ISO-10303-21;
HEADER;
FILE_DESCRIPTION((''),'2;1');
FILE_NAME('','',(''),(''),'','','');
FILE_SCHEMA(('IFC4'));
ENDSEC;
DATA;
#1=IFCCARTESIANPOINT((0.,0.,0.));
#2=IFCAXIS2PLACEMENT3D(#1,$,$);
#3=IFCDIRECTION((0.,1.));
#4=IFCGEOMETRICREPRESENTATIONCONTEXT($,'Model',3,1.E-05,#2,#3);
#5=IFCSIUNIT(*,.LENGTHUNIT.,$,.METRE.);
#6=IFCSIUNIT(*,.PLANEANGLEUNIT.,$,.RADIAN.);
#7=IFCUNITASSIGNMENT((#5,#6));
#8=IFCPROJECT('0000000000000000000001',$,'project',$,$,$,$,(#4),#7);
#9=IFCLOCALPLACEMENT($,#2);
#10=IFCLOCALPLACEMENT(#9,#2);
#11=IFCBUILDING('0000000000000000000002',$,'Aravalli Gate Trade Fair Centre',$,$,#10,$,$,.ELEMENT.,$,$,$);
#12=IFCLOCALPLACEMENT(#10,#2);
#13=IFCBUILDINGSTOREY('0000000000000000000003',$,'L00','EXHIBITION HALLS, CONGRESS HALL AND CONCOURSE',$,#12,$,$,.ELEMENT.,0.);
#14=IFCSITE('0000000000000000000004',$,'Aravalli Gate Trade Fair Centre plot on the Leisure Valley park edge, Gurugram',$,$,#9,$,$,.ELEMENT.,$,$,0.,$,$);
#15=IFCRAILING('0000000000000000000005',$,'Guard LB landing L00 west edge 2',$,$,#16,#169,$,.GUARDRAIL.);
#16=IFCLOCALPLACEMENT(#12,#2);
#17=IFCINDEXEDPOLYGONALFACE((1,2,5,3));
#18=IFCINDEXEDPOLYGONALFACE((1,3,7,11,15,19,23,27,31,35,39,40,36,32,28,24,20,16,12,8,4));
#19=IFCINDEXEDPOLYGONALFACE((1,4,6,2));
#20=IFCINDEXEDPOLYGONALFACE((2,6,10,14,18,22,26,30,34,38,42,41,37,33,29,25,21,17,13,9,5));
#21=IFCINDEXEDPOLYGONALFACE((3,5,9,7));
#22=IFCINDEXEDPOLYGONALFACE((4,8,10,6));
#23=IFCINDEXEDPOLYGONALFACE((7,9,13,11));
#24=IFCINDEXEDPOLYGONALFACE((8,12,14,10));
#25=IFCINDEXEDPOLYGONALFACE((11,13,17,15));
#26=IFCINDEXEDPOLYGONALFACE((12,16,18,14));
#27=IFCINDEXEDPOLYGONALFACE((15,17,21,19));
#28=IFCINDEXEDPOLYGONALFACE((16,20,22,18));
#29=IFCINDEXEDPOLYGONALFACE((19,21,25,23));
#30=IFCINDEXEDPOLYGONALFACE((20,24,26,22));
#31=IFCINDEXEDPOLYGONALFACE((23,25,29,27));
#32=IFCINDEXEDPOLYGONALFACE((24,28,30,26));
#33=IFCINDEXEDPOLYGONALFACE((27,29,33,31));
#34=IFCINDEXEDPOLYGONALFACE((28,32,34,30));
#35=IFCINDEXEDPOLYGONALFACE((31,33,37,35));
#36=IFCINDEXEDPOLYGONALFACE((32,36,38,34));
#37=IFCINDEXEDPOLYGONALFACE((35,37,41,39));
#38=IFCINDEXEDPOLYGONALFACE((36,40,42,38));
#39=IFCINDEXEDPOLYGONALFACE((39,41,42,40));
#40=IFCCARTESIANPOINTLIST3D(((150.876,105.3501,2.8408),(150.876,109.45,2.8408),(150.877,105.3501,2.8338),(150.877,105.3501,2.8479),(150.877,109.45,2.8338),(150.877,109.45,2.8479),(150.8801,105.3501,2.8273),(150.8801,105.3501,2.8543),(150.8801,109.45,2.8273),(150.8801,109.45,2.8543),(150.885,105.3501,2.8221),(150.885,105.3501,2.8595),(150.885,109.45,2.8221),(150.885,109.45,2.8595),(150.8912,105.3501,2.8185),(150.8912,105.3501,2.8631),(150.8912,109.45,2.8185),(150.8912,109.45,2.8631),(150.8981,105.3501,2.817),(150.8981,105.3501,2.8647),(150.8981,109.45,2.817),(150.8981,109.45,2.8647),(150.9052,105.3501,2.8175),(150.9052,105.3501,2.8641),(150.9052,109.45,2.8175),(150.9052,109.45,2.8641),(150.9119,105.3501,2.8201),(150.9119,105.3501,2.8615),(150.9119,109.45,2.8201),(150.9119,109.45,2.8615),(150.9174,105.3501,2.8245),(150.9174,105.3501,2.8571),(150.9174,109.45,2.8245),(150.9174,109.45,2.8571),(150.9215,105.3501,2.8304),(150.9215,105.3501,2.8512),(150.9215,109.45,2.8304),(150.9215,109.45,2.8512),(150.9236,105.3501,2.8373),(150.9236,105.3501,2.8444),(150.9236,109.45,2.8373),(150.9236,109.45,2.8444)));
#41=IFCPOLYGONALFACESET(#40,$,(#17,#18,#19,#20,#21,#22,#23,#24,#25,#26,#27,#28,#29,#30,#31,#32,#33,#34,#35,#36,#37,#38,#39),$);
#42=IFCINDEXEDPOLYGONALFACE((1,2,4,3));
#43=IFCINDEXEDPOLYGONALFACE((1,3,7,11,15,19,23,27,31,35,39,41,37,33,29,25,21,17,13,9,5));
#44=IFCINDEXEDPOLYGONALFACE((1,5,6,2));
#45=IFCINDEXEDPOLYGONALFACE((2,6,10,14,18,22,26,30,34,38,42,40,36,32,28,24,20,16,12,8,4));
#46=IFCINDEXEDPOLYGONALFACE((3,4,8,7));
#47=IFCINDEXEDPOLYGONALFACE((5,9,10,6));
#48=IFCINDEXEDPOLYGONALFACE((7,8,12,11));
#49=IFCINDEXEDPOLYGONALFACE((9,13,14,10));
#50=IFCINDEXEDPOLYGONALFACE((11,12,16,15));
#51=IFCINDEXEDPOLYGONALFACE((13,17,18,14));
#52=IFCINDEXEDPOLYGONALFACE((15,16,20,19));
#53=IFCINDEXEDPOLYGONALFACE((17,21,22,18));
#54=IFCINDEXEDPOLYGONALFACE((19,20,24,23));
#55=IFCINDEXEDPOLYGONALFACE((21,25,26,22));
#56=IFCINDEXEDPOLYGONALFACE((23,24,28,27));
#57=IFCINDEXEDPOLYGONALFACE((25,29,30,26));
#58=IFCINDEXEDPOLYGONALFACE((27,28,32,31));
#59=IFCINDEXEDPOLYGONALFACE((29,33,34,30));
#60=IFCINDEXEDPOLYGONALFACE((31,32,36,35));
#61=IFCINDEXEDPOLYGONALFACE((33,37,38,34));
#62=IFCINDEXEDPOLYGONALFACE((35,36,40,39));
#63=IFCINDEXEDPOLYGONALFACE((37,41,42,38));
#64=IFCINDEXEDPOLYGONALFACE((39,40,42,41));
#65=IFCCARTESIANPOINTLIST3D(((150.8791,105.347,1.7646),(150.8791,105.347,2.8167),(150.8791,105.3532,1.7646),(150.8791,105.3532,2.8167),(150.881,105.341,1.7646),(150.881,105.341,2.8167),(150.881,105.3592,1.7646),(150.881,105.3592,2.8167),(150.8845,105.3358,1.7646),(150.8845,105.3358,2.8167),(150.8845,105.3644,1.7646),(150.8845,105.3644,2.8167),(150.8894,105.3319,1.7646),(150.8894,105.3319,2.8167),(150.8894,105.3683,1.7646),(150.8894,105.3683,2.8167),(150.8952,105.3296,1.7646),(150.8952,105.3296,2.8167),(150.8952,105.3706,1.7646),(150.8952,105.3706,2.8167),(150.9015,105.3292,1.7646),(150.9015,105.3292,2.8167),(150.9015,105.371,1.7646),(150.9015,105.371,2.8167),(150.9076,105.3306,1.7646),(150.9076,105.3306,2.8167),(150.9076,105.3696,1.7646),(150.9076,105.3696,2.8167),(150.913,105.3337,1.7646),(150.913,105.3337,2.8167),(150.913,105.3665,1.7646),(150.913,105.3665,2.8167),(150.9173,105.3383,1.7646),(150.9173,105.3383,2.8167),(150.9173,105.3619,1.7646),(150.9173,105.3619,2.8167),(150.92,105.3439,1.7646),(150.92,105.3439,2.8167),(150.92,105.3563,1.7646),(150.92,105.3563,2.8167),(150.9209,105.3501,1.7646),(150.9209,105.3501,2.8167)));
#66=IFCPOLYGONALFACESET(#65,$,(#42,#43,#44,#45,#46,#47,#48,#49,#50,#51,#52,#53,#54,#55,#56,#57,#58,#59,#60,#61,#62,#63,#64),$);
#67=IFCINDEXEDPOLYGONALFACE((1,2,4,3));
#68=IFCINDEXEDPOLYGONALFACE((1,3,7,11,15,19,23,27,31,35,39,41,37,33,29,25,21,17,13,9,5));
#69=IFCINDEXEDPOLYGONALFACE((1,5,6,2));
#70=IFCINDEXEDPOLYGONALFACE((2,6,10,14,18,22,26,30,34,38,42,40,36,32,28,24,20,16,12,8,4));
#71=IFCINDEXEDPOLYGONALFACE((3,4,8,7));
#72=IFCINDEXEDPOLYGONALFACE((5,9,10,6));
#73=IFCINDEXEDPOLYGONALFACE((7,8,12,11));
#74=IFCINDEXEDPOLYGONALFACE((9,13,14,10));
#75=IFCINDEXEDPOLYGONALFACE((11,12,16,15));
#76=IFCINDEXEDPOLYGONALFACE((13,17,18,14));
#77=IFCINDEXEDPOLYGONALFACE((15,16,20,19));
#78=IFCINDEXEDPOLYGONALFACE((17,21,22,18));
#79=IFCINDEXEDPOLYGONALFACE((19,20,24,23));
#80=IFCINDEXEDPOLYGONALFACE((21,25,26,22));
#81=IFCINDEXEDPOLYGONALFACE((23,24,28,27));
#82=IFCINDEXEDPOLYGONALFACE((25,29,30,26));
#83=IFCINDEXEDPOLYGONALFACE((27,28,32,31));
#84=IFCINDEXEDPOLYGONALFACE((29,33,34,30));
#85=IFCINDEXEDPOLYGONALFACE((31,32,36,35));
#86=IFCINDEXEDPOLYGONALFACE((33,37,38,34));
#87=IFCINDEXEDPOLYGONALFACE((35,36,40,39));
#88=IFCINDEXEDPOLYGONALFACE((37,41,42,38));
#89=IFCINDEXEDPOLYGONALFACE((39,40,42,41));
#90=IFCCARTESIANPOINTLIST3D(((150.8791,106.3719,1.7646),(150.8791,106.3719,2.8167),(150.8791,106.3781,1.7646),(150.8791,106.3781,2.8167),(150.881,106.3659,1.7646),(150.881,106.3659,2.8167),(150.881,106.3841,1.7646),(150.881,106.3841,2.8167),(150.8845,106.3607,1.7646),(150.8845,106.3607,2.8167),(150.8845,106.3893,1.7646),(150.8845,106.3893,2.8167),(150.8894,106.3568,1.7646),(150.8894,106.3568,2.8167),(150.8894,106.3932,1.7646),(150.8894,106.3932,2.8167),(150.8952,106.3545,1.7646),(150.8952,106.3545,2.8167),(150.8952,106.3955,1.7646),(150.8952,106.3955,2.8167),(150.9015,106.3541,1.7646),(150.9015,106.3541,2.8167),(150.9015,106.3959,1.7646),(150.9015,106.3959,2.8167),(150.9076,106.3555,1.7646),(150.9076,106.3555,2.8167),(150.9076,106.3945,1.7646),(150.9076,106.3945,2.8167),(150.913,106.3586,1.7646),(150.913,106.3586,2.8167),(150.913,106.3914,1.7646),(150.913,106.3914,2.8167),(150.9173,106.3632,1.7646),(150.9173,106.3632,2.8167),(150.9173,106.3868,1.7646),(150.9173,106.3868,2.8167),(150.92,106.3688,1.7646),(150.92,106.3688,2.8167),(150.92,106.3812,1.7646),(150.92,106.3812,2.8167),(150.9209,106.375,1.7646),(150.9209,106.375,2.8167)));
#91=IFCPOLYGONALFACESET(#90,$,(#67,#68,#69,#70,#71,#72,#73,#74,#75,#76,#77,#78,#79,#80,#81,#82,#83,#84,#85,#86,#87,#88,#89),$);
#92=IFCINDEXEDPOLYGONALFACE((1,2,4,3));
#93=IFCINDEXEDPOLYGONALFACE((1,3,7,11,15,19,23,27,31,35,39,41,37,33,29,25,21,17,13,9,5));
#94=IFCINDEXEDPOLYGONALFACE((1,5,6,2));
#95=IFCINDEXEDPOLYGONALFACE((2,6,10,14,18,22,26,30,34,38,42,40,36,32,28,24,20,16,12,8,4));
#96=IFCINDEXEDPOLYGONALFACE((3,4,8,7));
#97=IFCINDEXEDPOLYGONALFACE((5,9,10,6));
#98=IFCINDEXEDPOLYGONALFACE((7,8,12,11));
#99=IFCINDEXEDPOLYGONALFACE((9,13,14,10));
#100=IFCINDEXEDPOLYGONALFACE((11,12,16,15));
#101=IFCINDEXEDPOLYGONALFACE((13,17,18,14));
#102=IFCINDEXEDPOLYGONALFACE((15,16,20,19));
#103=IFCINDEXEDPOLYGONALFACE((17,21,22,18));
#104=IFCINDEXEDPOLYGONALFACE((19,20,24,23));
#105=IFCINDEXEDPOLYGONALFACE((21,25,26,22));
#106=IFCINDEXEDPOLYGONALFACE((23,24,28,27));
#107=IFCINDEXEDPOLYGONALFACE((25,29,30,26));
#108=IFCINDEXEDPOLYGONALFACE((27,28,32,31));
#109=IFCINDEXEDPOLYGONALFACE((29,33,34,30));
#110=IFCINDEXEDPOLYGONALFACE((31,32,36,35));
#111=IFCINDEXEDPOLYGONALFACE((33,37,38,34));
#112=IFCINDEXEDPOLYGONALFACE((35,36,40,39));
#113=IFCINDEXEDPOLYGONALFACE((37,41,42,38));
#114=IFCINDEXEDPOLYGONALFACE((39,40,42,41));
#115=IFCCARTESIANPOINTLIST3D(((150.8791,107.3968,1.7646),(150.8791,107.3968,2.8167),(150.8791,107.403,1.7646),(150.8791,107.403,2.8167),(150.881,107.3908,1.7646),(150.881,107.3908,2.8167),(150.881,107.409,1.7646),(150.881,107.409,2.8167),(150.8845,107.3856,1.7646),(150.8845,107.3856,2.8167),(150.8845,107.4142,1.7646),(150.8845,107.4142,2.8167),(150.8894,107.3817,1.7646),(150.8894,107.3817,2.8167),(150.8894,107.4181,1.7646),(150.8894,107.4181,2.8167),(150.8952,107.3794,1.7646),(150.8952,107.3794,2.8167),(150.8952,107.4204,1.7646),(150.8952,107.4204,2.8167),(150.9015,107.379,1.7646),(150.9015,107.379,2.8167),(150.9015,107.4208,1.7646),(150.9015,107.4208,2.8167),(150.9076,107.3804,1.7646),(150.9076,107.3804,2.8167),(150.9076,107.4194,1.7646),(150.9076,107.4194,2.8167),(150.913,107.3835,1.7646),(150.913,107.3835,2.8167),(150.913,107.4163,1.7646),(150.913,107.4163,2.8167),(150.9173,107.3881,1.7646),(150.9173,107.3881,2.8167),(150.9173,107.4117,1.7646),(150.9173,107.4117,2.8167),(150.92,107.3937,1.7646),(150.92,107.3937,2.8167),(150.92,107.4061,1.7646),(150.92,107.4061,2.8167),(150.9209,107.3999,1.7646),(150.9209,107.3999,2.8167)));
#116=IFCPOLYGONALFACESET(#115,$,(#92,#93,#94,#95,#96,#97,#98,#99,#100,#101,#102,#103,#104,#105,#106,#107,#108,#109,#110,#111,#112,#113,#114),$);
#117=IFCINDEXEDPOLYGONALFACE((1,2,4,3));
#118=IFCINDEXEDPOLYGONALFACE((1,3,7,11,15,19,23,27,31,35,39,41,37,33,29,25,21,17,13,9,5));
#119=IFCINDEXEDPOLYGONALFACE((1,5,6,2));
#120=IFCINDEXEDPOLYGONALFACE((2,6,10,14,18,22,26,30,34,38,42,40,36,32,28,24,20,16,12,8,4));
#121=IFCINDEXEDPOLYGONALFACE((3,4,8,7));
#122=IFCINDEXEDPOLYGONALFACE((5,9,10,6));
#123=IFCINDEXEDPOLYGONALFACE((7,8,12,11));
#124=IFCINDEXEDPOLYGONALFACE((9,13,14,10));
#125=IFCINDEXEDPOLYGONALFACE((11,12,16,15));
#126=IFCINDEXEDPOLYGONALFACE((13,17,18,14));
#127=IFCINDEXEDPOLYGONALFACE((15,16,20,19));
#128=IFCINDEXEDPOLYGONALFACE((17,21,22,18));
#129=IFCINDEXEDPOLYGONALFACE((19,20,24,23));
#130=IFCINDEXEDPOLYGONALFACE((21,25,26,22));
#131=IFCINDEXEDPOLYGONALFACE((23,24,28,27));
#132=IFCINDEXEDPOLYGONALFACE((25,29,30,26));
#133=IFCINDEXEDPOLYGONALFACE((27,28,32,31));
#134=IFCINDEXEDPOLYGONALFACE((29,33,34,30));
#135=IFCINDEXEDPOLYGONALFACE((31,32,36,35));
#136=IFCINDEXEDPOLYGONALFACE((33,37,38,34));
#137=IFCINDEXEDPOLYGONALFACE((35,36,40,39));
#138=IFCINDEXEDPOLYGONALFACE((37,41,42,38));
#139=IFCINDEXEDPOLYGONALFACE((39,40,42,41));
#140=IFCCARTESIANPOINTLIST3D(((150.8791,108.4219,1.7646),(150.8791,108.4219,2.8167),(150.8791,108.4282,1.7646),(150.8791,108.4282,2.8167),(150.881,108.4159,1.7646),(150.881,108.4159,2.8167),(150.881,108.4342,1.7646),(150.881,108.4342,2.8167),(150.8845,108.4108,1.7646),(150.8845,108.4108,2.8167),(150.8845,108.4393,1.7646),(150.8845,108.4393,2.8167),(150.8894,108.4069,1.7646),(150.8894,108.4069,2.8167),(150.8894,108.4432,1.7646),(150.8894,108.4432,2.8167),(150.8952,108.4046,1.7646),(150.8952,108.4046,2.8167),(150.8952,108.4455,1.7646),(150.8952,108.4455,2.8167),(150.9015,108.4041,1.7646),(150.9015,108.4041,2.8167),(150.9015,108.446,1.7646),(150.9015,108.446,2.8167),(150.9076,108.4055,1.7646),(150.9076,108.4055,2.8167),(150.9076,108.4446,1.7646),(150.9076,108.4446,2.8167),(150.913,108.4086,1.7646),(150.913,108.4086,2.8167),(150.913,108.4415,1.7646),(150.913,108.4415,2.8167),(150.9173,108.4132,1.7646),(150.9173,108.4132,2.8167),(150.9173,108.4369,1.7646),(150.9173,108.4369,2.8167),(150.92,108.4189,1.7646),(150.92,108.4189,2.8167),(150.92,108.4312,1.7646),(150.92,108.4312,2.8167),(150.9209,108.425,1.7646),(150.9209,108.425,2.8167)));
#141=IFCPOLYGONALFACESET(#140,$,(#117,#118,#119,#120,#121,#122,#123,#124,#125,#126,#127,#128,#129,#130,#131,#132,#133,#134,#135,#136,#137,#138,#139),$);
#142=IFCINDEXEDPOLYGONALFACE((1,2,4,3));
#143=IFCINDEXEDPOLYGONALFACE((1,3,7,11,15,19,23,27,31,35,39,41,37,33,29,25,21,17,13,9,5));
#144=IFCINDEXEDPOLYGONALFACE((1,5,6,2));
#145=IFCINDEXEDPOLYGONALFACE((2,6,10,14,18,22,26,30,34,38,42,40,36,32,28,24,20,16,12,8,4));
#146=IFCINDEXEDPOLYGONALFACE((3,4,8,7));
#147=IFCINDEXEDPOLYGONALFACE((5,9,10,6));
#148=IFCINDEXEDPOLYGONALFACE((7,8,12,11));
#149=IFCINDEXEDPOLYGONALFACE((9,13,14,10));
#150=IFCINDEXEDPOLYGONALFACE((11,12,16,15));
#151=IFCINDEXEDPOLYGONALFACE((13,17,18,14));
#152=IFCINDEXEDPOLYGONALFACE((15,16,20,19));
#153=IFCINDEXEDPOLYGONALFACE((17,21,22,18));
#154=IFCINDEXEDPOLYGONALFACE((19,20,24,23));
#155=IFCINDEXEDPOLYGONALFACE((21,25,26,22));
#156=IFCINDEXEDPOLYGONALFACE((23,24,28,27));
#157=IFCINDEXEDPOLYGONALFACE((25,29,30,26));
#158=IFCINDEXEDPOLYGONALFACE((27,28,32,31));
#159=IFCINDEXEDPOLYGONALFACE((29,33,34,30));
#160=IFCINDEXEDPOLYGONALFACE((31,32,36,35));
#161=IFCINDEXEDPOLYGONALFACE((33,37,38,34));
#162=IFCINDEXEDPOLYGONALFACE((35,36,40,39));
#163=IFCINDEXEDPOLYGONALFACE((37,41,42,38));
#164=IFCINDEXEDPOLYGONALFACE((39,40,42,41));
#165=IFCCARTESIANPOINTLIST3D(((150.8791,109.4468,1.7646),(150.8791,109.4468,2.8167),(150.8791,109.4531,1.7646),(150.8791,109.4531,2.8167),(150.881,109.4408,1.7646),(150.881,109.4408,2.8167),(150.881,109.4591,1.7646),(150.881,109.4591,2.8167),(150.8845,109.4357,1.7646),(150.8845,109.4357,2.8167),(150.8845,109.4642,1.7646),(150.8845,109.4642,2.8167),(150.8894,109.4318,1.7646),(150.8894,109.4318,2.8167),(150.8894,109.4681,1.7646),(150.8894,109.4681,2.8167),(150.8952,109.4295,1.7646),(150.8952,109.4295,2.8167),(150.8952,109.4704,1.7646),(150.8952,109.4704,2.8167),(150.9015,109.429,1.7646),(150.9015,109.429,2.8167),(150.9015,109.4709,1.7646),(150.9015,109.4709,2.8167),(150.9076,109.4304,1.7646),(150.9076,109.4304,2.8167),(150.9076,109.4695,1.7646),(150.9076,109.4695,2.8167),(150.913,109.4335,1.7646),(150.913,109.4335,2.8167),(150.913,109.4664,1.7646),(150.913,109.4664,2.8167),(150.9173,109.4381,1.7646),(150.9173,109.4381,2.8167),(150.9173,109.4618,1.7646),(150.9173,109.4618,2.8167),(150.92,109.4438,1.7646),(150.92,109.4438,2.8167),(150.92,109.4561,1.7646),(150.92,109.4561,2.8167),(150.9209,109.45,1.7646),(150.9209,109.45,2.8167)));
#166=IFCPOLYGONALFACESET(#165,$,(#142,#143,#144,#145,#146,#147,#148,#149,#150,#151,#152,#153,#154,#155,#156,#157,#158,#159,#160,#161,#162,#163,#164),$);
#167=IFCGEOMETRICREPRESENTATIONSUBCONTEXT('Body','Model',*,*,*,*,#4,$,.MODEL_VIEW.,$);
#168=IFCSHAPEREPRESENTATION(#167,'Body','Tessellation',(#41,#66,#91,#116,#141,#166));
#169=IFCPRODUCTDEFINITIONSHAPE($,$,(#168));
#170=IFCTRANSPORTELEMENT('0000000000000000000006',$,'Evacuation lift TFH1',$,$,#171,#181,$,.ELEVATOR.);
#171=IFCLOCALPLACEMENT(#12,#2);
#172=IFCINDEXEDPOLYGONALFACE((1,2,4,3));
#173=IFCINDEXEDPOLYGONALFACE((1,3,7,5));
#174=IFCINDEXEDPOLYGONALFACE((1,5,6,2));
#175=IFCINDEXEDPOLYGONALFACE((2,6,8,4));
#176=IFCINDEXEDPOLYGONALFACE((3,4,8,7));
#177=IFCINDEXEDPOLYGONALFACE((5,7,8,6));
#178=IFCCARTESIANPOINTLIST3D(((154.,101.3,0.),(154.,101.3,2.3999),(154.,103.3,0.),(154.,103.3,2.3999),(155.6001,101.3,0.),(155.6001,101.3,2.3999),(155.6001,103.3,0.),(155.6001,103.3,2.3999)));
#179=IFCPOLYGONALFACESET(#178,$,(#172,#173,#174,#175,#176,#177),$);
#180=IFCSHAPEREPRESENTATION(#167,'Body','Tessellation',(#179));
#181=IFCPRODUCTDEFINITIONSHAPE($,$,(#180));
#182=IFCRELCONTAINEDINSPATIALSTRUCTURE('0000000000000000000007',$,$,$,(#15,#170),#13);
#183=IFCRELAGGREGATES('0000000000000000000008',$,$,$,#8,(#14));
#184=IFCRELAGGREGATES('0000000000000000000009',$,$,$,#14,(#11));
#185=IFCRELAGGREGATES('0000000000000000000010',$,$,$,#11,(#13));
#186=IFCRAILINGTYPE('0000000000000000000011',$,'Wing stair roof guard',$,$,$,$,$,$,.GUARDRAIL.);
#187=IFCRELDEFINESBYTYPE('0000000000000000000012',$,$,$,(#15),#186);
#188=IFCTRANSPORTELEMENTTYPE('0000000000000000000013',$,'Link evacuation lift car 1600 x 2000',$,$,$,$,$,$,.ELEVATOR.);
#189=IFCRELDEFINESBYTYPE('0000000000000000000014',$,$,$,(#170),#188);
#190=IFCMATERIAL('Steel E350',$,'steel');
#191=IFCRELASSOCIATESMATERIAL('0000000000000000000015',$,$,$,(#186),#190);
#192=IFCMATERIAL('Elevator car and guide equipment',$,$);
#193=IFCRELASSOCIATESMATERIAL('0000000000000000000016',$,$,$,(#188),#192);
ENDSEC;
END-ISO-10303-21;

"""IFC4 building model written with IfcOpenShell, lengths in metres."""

from ifc_helpers import new_model, si_unit, direction, frame, origin, origin_2d, place, context, subcontext, project, spatial, rectangle, circle, extrude, material, type_object, element, save


model = new_model("IFC4")

# Units and contexts
model_context = context("Model", 3, precision=1e-05, world=origin(), true_north=direction((0.0, 1.0)))
body_context = subcontext(model_context, "Body", "Model", "MODEL_VIEW")
ifc_project = project(units=[si_unit("LENGTHUNIT", "METRE"), si_unit("PLANEANGLEUNIT", "RADIAN")], contexts=[model_context])

# Site, building, storey
site_placement = place(None, origin())
site = spatial("IfcSite", under=ifc_project, at=site_placement, Name="Aravalli Gate Trade Fair Centre plot on the Leisure Valley park edge, Gurugram", CompositionType="ELEMENT", RefElevation=0.0)
building_placement = place(site_placement, origin())
building = spatial("IfcBuilding", under=site, at=building_placement, Name="Aravalli Gate Trade Fair Centre", CompositionType="ELEMENT")
storey_placement = place(building_placement, origin())
storey = spatial("IfcBuildingStorey", under=building, at=storey_placement, Name="L00", Description="EXHIBITION HALLS, CONGRESS HALL AND CONCOURSE", CompositionType="ELEMENT", Elevation=0.0)

# Shared definitions
ifc_material_1 = material(Name="Steel E350", Category="steel")

# Railing
railing_type_1 = type_object("IfcRailingType", Name="Wing stair roof guard", PredefinedType="GUARDRAIL", material=ifc_material_1)
railing_1_placement = place(storey_placement, frame((150.8999, 105.3501, 1.7646)))
element("IfcRailing", 1, at=railing_1_placement, inside=storey, type_object=railing_type_1, Name="Guard LB landing L00 west edge 2", PredefinedType="GUARDRAIL", context=body_context, shape_type="SweptSolid", body=[
    extrude(circle(Radius=0.0239, at=origin_2d()), frame((0.0, 0.0, 1.0762), z_axis=(0.0, 1.0, 0.0), x_axis=(-1.0, 0.0, 0.0)), (0.0, 0.0, 1.0), 4.0999),
    extrude(circle(Radius=0.021, at=origin_2d()), origin(), (0.0, 0.0, 1.0), 1.052),
    extrude(circle(Radius=0.021, at=origin_2d()), frame((0.0, 1.0249, 0.0)), (0.0, 0.0, 1.0), 1.052),
    extrude(circle(Radius=0.021, at=origin_2d()), frame((0.0, 2.0498, 0.0)), (0.0, 0.0, 1.0), 1.052),
    extrude(circle(Radius=0.021, at=origin_2d()), frame((0.0, 3.075, 0.0)), (0.0, 0.0, 1.0), 1.052),
    extrude(circle(Radius=0.021, at=origin_2d()), frame((0.0, 4.0999, 0.0)), (0.0, 0.0, 1.0), 1.052),
])

# Transport element
ifc_material_2 = material(Name="Elevator car and guide equipment")
transport_element_type = type_object("IfcTransportElementType", Name="Link evacuation lift car 1600 x 2000", PredefinedType="ELEVATOR", material=ifc_material_2)
transport_element_placement = place(storey_placement, frame((154.8, 102.3, 0.0), z_axis=(0.0, 0.0, 1.0), x_axis=(1.0, 0.0, 0.0)))
element("IfcTransportElement", 2, at=transport_element_placement, inside=storey, type_object=transport_element_type, Name="Evacuation lift TFH1", PredefinedType="ELEVATOR", context=body_context, shape_type="SweptSolid", body=[
    extrude(rectangle(XDim=1.6001, YDim=2.0, at=origin_2d()), origin(), (0.0, 0.0, 1.0), 2.3999),
])

save(model, "model.ifc")
